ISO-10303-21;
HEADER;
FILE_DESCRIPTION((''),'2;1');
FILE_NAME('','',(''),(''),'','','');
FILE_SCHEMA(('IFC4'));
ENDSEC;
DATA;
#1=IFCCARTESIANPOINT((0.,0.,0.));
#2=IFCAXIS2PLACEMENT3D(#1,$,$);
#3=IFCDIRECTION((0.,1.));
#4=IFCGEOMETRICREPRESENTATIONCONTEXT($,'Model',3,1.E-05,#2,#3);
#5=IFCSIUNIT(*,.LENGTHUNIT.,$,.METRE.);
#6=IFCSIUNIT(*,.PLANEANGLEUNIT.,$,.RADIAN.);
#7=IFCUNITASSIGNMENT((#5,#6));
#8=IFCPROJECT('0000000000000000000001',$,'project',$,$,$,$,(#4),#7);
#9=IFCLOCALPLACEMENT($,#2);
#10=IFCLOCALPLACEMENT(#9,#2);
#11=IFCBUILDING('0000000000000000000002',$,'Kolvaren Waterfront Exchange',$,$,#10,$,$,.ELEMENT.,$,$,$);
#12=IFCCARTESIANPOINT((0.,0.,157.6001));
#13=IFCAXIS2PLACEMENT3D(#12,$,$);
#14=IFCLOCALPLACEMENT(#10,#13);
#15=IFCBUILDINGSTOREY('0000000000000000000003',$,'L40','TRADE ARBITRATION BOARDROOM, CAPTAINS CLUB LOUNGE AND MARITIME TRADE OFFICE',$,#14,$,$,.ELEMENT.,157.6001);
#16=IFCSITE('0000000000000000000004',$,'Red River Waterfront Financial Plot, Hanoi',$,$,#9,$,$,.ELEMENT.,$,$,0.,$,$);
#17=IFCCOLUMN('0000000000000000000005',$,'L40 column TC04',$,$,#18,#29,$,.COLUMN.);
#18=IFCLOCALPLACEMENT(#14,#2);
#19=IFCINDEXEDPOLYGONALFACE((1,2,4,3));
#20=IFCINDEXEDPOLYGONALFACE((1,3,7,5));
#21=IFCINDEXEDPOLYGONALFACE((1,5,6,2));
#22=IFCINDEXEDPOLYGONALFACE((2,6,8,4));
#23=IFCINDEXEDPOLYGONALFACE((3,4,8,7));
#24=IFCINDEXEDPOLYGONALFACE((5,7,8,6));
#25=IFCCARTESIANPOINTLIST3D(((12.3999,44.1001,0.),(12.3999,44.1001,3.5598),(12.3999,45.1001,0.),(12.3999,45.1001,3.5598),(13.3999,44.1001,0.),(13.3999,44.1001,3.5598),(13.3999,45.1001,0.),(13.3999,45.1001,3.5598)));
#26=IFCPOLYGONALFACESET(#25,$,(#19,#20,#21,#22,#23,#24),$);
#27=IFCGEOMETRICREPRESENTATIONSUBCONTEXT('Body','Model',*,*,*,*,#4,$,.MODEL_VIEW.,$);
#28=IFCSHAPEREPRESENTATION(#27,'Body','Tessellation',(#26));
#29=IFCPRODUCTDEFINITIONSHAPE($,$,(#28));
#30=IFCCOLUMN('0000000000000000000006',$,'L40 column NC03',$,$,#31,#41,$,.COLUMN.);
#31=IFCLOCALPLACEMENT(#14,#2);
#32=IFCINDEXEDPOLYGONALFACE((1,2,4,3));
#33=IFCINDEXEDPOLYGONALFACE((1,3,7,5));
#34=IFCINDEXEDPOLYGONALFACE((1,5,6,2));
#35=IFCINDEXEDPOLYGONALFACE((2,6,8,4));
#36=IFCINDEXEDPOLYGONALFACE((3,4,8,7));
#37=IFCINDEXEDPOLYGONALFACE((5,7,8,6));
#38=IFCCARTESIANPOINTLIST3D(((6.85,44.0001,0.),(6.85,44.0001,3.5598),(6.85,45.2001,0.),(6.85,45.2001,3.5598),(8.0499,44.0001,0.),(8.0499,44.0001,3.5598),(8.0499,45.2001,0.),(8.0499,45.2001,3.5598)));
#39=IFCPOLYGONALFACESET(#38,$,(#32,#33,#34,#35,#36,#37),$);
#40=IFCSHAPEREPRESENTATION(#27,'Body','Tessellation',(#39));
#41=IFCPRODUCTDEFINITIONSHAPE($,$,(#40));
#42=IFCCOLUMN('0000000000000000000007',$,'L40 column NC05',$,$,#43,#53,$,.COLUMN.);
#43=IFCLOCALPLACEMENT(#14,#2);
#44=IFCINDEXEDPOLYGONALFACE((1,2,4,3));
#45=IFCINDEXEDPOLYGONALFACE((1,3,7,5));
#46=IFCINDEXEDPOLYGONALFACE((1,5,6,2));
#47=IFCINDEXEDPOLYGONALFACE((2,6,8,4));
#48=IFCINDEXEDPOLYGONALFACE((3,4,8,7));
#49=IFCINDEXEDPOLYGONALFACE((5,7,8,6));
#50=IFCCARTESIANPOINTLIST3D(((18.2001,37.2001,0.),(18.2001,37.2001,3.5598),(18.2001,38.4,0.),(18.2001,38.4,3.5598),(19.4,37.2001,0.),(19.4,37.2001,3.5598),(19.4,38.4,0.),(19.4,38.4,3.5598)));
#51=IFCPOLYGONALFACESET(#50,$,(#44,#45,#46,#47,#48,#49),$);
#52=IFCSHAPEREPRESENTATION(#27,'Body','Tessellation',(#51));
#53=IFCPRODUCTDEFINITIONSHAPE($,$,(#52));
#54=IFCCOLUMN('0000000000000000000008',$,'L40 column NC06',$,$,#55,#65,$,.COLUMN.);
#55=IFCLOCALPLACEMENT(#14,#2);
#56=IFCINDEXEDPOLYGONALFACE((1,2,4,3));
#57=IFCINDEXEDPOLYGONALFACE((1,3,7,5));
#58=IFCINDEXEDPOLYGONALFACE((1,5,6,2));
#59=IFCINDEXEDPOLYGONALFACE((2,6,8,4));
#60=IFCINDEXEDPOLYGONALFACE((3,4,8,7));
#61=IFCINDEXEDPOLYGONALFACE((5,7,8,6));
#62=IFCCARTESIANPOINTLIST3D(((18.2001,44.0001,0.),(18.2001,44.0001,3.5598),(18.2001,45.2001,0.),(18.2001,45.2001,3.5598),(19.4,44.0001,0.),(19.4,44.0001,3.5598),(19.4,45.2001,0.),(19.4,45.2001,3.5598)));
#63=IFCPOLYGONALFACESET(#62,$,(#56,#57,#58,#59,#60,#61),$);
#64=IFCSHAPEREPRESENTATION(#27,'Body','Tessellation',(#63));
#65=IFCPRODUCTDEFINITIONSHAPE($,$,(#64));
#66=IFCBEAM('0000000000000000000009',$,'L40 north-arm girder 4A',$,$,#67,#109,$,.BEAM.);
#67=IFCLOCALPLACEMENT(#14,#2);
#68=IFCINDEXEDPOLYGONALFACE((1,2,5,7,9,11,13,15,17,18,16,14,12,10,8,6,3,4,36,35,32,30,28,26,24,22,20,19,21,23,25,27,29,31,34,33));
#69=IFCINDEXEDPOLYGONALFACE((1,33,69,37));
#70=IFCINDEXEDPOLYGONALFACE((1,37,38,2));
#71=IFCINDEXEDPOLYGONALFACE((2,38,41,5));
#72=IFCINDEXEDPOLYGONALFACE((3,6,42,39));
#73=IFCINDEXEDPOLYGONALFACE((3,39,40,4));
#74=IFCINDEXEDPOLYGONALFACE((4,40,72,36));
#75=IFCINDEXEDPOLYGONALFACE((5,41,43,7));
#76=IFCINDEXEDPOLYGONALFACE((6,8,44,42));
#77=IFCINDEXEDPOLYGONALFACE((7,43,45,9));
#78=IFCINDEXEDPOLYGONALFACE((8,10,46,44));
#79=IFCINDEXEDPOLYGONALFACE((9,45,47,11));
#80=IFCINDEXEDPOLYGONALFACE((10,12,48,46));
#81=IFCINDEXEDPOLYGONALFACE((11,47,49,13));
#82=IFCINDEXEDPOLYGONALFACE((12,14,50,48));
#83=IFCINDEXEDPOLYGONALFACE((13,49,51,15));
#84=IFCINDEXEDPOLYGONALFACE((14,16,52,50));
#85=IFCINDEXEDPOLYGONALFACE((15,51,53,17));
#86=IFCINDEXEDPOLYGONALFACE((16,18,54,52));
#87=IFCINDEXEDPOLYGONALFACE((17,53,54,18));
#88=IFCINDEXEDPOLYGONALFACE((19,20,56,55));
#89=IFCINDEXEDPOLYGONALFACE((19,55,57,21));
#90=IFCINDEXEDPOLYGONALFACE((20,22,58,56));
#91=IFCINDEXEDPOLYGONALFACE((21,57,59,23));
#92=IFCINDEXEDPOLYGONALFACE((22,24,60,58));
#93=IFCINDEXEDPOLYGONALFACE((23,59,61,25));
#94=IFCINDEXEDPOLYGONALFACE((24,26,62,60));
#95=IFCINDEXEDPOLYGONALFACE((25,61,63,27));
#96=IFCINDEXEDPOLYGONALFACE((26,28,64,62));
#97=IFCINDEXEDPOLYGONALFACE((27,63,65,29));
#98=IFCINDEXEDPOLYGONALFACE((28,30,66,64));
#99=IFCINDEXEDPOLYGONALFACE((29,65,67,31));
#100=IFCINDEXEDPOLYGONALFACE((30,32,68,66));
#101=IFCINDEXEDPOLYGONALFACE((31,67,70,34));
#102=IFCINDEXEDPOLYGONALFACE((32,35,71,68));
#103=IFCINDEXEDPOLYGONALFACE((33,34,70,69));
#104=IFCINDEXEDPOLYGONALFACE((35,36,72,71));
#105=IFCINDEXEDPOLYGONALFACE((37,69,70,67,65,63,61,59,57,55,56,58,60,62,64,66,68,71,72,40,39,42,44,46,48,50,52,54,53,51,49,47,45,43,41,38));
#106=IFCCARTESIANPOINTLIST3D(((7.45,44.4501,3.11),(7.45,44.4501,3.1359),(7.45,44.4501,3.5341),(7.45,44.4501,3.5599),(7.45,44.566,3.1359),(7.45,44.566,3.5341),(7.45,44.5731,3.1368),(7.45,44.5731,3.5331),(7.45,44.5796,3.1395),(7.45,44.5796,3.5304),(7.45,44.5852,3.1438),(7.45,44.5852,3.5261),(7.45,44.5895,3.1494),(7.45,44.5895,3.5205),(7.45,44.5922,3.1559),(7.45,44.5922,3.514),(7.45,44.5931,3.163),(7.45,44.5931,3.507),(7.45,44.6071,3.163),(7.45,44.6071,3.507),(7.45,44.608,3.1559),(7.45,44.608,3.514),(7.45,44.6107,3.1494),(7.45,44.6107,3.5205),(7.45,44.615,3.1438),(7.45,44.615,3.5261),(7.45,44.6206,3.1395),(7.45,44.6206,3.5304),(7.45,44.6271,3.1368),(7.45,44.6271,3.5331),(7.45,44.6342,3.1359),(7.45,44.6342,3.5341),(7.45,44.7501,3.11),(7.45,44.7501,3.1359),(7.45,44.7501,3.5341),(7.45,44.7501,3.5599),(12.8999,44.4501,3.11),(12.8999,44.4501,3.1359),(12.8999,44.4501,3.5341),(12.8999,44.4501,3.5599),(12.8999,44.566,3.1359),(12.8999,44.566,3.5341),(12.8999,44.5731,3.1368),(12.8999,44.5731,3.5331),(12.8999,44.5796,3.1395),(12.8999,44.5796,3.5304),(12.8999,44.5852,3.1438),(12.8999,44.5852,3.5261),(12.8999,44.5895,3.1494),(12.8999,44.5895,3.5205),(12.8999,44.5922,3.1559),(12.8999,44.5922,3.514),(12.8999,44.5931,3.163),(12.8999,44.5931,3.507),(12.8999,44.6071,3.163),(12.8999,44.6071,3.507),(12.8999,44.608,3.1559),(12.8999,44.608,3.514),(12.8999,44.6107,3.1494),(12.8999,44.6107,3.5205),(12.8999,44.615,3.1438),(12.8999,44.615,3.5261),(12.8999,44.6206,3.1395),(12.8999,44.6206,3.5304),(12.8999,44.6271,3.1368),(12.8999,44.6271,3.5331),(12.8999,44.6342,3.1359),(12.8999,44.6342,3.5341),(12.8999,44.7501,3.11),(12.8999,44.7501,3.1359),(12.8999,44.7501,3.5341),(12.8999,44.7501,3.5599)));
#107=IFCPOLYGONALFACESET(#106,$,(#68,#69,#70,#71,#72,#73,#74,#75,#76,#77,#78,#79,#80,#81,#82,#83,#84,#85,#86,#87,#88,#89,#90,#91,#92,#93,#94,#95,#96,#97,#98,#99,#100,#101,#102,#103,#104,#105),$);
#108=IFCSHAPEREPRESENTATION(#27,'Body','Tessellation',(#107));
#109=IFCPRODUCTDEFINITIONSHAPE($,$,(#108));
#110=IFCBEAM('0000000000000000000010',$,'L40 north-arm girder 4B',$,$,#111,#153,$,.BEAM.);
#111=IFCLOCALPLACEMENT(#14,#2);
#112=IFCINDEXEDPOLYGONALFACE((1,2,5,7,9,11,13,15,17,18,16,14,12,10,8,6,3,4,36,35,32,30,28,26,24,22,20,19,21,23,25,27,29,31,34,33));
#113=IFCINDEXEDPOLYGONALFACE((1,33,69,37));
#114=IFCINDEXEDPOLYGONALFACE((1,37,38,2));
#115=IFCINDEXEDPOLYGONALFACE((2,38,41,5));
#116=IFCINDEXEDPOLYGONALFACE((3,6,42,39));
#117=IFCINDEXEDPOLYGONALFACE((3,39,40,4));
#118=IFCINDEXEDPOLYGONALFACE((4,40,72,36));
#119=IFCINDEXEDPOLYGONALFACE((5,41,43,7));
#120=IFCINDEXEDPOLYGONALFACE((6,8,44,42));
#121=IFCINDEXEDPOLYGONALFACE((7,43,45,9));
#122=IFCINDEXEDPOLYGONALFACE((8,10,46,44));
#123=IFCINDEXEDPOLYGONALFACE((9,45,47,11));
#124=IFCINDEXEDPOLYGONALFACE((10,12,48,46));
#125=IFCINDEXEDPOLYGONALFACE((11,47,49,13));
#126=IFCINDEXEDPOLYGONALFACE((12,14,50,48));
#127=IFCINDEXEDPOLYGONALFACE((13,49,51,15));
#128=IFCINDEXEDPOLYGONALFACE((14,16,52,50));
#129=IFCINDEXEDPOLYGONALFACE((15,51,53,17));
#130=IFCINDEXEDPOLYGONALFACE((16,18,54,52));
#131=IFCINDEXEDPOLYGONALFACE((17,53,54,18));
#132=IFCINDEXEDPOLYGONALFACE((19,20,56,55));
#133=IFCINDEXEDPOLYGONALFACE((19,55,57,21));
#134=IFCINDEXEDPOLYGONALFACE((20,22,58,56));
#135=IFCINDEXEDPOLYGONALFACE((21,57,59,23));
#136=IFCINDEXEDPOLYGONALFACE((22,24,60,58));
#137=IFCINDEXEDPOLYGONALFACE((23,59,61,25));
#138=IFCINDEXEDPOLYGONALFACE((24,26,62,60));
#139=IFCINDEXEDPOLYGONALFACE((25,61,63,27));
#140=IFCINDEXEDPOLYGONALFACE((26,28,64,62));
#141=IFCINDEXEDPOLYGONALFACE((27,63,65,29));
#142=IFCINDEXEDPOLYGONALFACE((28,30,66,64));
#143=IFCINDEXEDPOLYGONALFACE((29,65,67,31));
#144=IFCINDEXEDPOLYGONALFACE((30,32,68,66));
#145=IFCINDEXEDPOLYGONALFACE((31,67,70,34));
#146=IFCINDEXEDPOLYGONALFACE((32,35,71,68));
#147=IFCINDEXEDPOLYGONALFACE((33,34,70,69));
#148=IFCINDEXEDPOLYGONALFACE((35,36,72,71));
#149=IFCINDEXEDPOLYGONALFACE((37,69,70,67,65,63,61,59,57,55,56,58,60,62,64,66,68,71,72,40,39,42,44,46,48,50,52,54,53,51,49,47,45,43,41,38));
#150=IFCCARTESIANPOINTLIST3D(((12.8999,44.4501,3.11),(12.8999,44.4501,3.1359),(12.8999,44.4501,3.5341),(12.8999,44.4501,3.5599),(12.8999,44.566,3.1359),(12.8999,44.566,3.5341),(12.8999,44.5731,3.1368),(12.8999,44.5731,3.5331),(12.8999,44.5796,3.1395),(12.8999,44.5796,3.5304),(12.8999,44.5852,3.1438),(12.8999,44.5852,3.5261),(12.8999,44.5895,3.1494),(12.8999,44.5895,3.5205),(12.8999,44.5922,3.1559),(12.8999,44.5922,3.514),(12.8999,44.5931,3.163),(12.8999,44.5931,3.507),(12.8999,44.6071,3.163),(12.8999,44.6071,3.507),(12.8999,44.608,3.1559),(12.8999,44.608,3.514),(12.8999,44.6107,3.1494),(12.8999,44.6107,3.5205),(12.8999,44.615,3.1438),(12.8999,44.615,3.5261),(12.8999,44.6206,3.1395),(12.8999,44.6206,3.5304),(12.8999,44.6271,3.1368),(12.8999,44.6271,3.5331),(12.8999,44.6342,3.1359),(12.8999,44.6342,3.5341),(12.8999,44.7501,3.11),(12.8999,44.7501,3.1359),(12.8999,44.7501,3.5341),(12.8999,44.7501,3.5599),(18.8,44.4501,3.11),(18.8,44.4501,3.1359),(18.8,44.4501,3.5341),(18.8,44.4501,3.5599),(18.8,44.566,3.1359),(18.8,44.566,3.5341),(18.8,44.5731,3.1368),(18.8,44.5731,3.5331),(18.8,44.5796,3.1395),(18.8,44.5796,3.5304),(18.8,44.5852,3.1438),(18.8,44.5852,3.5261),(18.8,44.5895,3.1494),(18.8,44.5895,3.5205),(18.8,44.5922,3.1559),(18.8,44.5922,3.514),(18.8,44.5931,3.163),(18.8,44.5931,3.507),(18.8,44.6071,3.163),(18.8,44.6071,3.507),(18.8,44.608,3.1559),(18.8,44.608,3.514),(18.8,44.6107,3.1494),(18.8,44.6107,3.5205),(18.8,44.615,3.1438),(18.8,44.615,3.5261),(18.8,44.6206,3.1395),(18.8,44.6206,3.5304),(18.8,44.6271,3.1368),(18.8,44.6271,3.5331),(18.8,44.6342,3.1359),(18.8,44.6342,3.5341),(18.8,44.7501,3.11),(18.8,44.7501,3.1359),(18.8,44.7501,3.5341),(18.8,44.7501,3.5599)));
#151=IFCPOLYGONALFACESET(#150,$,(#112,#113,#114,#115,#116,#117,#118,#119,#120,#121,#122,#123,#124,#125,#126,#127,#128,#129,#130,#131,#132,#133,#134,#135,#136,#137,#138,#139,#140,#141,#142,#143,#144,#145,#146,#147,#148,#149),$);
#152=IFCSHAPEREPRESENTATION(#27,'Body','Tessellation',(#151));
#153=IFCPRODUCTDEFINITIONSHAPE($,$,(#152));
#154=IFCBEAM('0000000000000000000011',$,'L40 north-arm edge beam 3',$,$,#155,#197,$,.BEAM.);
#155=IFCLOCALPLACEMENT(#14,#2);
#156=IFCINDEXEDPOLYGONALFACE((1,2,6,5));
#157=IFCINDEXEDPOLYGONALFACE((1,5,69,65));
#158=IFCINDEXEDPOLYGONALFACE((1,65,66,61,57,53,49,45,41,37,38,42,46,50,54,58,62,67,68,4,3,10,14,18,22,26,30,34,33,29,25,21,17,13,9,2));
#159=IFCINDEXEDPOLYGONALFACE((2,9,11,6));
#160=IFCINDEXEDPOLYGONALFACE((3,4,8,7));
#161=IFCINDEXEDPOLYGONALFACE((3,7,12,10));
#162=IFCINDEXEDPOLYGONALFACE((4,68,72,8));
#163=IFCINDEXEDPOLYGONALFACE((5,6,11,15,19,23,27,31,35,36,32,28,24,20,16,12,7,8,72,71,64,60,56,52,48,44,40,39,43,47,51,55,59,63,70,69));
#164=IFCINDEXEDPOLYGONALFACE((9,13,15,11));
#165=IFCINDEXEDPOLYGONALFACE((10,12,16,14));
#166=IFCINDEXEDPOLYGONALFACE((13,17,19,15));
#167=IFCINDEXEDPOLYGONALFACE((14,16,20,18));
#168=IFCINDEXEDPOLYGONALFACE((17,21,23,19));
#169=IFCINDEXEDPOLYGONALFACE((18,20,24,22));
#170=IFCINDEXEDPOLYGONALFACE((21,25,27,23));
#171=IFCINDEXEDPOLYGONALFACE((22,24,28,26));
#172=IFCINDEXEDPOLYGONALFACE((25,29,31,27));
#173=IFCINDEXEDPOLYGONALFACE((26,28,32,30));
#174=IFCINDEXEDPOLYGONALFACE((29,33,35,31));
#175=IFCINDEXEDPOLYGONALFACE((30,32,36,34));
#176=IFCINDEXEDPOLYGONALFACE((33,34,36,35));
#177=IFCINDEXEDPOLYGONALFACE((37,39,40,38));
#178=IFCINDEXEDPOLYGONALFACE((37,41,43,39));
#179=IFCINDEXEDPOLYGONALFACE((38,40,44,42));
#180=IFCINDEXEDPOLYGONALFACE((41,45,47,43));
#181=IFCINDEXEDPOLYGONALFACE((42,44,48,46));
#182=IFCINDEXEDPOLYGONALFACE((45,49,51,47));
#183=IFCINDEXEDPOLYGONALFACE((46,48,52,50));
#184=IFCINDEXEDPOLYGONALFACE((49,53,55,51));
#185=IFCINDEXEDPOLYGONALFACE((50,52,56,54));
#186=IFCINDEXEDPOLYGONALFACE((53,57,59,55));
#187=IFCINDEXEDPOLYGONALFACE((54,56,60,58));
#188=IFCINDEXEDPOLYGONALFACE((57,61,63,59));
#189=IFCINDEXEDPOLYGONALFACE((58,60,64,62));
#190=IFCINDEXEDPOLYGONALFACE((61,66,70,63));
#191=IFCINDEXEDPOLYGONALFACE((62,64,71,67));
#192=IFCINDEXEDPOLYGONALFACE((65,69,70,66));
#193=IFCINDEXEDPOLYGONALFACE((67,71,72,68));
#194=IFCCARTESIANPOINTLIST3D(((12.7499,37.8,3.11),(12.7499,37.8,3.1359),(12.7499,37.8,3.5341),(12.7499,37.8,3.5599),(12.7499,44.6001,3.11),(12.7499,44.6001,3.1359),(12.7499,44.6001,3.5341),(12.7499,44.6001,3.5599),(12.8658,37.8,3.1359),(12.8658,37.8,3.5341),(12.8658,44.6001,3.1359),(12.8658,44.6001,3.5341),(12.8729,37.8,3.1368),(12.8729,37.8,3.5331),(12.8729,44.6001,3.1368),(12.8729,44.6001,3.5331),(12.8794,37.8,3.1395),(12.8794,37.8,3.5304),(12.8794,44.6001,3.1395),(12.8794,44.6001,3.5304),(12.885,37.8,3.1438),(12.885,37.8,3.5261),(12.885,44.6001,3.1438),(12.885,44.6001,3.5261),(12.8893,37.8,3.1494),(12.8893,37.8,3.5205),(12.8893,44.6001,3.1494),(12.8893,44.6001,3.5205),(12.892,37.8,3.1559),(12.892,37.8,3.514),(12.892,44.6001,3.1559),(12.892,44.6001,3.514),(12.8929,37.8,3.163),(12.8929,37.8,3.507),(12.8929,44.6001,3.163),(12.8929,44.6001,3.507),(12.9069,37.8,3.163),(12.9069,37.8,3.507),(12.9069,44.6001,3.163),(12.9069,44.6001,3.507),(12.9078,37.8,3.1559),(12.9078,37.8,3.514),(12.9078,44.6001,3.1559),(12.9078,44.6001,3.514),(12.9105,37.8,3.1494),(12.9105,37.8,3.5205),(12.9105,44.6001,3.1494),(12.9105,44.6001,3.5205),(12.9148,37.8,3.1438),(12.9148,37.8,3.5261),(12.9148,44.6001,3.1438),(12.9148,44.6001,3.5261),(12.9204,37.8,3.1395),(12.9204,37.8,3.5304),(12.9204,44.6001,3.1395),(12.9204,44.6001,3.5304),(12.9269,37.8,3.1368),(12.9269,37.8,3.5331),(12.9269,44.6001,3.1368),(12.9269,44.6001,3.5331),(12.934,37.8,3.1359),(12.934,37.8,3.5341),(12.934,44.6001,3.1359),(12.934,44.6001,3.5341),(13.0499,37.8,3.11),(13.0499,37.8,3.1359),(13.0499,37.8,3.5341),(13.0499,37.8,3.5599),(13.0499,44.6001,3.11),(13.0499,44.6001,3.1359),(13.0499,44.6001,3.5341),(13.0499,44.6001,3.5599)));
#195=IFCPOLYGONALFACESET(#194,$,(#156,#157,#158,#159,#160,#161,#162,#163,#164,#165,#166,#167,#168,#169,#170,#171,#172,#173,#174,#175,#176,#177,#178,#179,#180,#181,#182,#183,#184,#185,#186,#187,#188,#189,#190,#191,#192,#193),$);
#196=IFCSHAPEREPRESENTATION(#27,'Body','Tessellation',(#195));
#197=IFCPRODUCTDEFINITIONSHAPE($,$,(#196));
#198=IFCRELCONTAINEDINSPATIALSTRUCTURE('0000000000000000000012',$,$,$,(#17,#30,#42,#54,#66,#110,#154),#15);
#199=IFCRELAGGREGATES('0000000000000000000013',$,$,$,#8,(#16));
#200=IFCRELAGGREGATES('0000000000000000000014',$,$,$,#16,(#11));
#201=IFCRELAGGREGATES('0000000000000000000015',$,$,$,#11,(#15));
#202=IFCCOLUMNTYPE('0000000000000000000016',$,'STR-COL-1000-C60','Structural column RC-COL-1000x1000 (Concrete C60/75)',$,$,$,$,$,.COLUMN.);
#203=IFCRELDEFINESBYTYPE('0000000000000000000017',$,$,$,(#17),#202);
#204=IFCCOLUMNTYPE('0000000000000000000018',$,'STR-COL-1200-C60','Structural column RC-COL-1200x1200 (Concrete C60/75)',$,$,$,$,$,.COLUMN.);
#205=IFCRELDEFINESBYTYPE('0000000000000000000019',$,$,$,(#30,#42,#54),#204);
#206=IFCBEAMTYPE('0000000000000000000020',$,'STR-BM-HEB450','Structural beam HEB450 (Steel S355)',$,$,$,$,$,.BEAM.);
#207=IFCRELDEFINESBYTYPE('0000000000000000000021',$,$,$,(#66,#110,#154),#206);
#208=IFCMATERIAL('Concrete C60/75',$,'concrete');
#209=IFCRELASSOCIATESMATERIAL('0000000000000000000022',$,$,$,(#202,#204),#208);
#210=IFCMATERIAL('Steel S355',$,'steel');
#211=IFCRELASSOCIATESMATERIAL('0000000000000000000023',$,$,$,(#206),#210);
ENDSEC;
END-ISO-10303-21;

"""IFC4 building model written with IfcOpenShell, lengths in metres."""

from ifc_helpers import new_model, si_unit, direction, frame, origin, origin_2d, place, context, subcontext, project, spatial, rectangle, i_section, extrude, material, material_profile, profile_set, type_object, element, save


model = new_model("IFC4")

# Units and contexts
model_context = context("Model", 3, precision=1e-05, world=origin(), true_north=direction((0.0, 1.0)))
body_context = subcontext(model_context, "Body", "Model", "MODEL_VIEW")
ifc_project = project(units=[si_unit("LENGTHUNIT", "METRE"), si_unit("PLANEANGLEUNIT", "RADIAN")], contexts=[model_context])

# Site, building, storey
site_placement = place(None, origin())
site = spatial("IfcSite", under=ifc_project, at=site_placement, Name="Red River Waterfront Financial Plot, Hanoi", CompositionType="ELEMENT", RefElevation=0.0)
building_placement = place(site_placement, origin())
building = spatial("IfcBuilding", under=site, at=building_placement, Name="Kolvaren Waterfront Exchange", CompositionType="ELEMENT")
storey_placement = place(building_placement, frame((0.0, 0.0, 157.6001)))
storey = spatial("IfcBuildingStorey", under=building, at=storey_placement, Name="L40", Description="TRADE ARBITRATION BOARDROOM, CAPTAINS CLUB LOUNGE AND MARITIME TRADE OFFICE", CompositionType="ELEMENT", Elevation=157.6001)

# Columns
ifc_material_1 = material(Name="Concrete C60/75", Category="concrete")
ifc_material_profile_1 = material_profile(ifc_material_1, rectangle(XDim=1.0, YDim=1.0, at=origin_2d()), Name="RC-COL-1000x1000")
ifc_profile_set_1 = profile_set([ifc_material_profile_1], Name="Concrete C60/75")
column_type_1 = type_object("IfcColumnType", Name="STR-COL-1000-C60", Description="Structural column RC-COL-1000x1000 (Concrete C60/75)", PredefinedType="COLUMN", material=ifc_profile_set_1)
column_placement = place(storey_placement, frame((12.8999, 44.6001, 0.0), z_axis=(0.0, 0.0, 1.0), x_axis=(1.0, 0.0, 0.0)))
element("IfcColumn", 1, at=column_placement, inside=storey, type_object=column_type_1, Name="L40 column TC04", PredefinedType="COLUMN", context=body_context, shape_type="SweptSolid", body=[
    extrude(rectangle(XDim=1.0, YDim=1.0, at=origin_2d()), origin(), (0.0, 0.0, 1.0), 3.5598),
])
ifc_material_profile_2 = material_profile(ifc_material_1, rectangle(XDim=1.2, YDim=1.2, at=origin_2d()), Name="RC-COL-1200x1200")
ifc_profile_set_2 = profile_set([ifc_material_profile_2], Name="Concrete C60/75")
column_type_2 = type_object("IfcColumnType", Name="STR-COL-1200-C60", Description="Structural column RC-COL-1200x1200 (Concrete C60/75)", PredefinedType="COLUMN", material=ifc_profile_set_2)
for number, where, z_axis, x_axis, name in (
    (2, (7.45, 44.6001, 0.0), (0.0, 0.0, 1.0), (1.0, 0.0, 0.0), "L40 column NC03"),
    (3, (18.8, 37.8, 0.0), (0.0, 0.0, 1.0), (1.0, 0.0, 0.0), "L40 column NC05"),
    (4, (18.8, 44.6001, 0.0), (0.0, 0.0, 1.0), (1.0, 0.0, 0.0), "L40 column NC06"),
):
    element("IfcColumn", number, at=place(storey_placement, frame(where, z_axis=z_axis, x_axis=x_axis)), inside=storey, type_object=column_type_2, Name=name, PredefinedType="COLUMN", context=body_context, shape_type="SweptSolid", body=[
        extrude(rectangle(XDim=1.2, YDim=1.2, at=origin_2d()), origin(), (0.0, 0.0, 1.0), 3.5598),
    ])

# Beams
ifc_material_2 = material(Name="Steel S355", Category="steel")
ifc_material_profile_3 = material_profile(ifc_material_2, i_section(OverallWidth=0.3, OverallDepth=0.45, WebThickness=0.0139, FlangeThickness=0.0259, FilletRadius=0.0271, at=origin_2d()), Name="HEB450")
ifc_profile_set_3 = profile_set([ifc_material_profile_3], Name="Steel S355")
beam_type_1 = type_object("IfcBeamType", Name="STR-BM-HEB450", Description="Structural beam HEB450 (Steel S355)", PredefinedType="BEAM", material=ifc_profile_set_3)
beam_1_placement = place(storey_placement, frame((7.45, 44.6001, 3.335), z_axis=(1.0, 0.0, 0.0), x_axis=(0.0, 1.0, 0.0)))
element("IfcBeam", 5, at=beam_1_placement, inside=storey, type_object=beam_type_1, Name="L40 north-arm girder 4A", PredefinedType="BEAM", context=body_context, shape_type="SweptSolid", body=[
    extrude(i_section(OverallWidth=0.3, OverallDepth=0.45, WebThickness=0.0139, FlangeThickness=0.0259, FilletRadius=0.0271, at=origin_2d()), origin(), (0.0, 0.0, 1.0), 5.45),
])
beam_2_placement = place(storey_placement, frame((12.8999, 44.6001, 3.335), z_axis=(1.0, 0.0, 0.0), x_axis=(0.0, 1.0, 0.0)))
element("IfcBeam", 6, at=beam_2_placement, inside=storey, type_object=beam_type_1, Name="L40 north-arm girder 4B", PredefinedType="BEAM", context=body_context, shape_type="SweptSolid", body=[
    extrude(i_section(OverallWidth=0.3, OverallDepth=0.45, WebThickness=0.0139, FlangeThickness=0.0259, FilletRadius=0.0271, at=origin_2d()), origin(), (0.0, 0.0, 1.0), 5.9001),
])
beam_3_placement = place(storey_placement, frame((12.8999, 37.8, 3.335), z_axis=(0.0, 1.0, 0.0), x_axis=(-1.0, 0.0, 0.0)))
element("IfcBeam", 7, at=beam_3_placement, inside=storey, type_object=beam_type_1, Name="L40 north-arm edge beam 3", PredefinedType="BEAM", context=body_context, shape_type="SweptSolid", body=[
    extrude(i_section(OverallWidth=0.3, OverallDepth=0.45, WebThickness=0.0139, FlangeThickness=0.0259, FilletRadius=0.0271, at=origin_2d()), origin(), (0.0, 0.0, 1.0), 6.8),
])

save(model, "model.ifc")
